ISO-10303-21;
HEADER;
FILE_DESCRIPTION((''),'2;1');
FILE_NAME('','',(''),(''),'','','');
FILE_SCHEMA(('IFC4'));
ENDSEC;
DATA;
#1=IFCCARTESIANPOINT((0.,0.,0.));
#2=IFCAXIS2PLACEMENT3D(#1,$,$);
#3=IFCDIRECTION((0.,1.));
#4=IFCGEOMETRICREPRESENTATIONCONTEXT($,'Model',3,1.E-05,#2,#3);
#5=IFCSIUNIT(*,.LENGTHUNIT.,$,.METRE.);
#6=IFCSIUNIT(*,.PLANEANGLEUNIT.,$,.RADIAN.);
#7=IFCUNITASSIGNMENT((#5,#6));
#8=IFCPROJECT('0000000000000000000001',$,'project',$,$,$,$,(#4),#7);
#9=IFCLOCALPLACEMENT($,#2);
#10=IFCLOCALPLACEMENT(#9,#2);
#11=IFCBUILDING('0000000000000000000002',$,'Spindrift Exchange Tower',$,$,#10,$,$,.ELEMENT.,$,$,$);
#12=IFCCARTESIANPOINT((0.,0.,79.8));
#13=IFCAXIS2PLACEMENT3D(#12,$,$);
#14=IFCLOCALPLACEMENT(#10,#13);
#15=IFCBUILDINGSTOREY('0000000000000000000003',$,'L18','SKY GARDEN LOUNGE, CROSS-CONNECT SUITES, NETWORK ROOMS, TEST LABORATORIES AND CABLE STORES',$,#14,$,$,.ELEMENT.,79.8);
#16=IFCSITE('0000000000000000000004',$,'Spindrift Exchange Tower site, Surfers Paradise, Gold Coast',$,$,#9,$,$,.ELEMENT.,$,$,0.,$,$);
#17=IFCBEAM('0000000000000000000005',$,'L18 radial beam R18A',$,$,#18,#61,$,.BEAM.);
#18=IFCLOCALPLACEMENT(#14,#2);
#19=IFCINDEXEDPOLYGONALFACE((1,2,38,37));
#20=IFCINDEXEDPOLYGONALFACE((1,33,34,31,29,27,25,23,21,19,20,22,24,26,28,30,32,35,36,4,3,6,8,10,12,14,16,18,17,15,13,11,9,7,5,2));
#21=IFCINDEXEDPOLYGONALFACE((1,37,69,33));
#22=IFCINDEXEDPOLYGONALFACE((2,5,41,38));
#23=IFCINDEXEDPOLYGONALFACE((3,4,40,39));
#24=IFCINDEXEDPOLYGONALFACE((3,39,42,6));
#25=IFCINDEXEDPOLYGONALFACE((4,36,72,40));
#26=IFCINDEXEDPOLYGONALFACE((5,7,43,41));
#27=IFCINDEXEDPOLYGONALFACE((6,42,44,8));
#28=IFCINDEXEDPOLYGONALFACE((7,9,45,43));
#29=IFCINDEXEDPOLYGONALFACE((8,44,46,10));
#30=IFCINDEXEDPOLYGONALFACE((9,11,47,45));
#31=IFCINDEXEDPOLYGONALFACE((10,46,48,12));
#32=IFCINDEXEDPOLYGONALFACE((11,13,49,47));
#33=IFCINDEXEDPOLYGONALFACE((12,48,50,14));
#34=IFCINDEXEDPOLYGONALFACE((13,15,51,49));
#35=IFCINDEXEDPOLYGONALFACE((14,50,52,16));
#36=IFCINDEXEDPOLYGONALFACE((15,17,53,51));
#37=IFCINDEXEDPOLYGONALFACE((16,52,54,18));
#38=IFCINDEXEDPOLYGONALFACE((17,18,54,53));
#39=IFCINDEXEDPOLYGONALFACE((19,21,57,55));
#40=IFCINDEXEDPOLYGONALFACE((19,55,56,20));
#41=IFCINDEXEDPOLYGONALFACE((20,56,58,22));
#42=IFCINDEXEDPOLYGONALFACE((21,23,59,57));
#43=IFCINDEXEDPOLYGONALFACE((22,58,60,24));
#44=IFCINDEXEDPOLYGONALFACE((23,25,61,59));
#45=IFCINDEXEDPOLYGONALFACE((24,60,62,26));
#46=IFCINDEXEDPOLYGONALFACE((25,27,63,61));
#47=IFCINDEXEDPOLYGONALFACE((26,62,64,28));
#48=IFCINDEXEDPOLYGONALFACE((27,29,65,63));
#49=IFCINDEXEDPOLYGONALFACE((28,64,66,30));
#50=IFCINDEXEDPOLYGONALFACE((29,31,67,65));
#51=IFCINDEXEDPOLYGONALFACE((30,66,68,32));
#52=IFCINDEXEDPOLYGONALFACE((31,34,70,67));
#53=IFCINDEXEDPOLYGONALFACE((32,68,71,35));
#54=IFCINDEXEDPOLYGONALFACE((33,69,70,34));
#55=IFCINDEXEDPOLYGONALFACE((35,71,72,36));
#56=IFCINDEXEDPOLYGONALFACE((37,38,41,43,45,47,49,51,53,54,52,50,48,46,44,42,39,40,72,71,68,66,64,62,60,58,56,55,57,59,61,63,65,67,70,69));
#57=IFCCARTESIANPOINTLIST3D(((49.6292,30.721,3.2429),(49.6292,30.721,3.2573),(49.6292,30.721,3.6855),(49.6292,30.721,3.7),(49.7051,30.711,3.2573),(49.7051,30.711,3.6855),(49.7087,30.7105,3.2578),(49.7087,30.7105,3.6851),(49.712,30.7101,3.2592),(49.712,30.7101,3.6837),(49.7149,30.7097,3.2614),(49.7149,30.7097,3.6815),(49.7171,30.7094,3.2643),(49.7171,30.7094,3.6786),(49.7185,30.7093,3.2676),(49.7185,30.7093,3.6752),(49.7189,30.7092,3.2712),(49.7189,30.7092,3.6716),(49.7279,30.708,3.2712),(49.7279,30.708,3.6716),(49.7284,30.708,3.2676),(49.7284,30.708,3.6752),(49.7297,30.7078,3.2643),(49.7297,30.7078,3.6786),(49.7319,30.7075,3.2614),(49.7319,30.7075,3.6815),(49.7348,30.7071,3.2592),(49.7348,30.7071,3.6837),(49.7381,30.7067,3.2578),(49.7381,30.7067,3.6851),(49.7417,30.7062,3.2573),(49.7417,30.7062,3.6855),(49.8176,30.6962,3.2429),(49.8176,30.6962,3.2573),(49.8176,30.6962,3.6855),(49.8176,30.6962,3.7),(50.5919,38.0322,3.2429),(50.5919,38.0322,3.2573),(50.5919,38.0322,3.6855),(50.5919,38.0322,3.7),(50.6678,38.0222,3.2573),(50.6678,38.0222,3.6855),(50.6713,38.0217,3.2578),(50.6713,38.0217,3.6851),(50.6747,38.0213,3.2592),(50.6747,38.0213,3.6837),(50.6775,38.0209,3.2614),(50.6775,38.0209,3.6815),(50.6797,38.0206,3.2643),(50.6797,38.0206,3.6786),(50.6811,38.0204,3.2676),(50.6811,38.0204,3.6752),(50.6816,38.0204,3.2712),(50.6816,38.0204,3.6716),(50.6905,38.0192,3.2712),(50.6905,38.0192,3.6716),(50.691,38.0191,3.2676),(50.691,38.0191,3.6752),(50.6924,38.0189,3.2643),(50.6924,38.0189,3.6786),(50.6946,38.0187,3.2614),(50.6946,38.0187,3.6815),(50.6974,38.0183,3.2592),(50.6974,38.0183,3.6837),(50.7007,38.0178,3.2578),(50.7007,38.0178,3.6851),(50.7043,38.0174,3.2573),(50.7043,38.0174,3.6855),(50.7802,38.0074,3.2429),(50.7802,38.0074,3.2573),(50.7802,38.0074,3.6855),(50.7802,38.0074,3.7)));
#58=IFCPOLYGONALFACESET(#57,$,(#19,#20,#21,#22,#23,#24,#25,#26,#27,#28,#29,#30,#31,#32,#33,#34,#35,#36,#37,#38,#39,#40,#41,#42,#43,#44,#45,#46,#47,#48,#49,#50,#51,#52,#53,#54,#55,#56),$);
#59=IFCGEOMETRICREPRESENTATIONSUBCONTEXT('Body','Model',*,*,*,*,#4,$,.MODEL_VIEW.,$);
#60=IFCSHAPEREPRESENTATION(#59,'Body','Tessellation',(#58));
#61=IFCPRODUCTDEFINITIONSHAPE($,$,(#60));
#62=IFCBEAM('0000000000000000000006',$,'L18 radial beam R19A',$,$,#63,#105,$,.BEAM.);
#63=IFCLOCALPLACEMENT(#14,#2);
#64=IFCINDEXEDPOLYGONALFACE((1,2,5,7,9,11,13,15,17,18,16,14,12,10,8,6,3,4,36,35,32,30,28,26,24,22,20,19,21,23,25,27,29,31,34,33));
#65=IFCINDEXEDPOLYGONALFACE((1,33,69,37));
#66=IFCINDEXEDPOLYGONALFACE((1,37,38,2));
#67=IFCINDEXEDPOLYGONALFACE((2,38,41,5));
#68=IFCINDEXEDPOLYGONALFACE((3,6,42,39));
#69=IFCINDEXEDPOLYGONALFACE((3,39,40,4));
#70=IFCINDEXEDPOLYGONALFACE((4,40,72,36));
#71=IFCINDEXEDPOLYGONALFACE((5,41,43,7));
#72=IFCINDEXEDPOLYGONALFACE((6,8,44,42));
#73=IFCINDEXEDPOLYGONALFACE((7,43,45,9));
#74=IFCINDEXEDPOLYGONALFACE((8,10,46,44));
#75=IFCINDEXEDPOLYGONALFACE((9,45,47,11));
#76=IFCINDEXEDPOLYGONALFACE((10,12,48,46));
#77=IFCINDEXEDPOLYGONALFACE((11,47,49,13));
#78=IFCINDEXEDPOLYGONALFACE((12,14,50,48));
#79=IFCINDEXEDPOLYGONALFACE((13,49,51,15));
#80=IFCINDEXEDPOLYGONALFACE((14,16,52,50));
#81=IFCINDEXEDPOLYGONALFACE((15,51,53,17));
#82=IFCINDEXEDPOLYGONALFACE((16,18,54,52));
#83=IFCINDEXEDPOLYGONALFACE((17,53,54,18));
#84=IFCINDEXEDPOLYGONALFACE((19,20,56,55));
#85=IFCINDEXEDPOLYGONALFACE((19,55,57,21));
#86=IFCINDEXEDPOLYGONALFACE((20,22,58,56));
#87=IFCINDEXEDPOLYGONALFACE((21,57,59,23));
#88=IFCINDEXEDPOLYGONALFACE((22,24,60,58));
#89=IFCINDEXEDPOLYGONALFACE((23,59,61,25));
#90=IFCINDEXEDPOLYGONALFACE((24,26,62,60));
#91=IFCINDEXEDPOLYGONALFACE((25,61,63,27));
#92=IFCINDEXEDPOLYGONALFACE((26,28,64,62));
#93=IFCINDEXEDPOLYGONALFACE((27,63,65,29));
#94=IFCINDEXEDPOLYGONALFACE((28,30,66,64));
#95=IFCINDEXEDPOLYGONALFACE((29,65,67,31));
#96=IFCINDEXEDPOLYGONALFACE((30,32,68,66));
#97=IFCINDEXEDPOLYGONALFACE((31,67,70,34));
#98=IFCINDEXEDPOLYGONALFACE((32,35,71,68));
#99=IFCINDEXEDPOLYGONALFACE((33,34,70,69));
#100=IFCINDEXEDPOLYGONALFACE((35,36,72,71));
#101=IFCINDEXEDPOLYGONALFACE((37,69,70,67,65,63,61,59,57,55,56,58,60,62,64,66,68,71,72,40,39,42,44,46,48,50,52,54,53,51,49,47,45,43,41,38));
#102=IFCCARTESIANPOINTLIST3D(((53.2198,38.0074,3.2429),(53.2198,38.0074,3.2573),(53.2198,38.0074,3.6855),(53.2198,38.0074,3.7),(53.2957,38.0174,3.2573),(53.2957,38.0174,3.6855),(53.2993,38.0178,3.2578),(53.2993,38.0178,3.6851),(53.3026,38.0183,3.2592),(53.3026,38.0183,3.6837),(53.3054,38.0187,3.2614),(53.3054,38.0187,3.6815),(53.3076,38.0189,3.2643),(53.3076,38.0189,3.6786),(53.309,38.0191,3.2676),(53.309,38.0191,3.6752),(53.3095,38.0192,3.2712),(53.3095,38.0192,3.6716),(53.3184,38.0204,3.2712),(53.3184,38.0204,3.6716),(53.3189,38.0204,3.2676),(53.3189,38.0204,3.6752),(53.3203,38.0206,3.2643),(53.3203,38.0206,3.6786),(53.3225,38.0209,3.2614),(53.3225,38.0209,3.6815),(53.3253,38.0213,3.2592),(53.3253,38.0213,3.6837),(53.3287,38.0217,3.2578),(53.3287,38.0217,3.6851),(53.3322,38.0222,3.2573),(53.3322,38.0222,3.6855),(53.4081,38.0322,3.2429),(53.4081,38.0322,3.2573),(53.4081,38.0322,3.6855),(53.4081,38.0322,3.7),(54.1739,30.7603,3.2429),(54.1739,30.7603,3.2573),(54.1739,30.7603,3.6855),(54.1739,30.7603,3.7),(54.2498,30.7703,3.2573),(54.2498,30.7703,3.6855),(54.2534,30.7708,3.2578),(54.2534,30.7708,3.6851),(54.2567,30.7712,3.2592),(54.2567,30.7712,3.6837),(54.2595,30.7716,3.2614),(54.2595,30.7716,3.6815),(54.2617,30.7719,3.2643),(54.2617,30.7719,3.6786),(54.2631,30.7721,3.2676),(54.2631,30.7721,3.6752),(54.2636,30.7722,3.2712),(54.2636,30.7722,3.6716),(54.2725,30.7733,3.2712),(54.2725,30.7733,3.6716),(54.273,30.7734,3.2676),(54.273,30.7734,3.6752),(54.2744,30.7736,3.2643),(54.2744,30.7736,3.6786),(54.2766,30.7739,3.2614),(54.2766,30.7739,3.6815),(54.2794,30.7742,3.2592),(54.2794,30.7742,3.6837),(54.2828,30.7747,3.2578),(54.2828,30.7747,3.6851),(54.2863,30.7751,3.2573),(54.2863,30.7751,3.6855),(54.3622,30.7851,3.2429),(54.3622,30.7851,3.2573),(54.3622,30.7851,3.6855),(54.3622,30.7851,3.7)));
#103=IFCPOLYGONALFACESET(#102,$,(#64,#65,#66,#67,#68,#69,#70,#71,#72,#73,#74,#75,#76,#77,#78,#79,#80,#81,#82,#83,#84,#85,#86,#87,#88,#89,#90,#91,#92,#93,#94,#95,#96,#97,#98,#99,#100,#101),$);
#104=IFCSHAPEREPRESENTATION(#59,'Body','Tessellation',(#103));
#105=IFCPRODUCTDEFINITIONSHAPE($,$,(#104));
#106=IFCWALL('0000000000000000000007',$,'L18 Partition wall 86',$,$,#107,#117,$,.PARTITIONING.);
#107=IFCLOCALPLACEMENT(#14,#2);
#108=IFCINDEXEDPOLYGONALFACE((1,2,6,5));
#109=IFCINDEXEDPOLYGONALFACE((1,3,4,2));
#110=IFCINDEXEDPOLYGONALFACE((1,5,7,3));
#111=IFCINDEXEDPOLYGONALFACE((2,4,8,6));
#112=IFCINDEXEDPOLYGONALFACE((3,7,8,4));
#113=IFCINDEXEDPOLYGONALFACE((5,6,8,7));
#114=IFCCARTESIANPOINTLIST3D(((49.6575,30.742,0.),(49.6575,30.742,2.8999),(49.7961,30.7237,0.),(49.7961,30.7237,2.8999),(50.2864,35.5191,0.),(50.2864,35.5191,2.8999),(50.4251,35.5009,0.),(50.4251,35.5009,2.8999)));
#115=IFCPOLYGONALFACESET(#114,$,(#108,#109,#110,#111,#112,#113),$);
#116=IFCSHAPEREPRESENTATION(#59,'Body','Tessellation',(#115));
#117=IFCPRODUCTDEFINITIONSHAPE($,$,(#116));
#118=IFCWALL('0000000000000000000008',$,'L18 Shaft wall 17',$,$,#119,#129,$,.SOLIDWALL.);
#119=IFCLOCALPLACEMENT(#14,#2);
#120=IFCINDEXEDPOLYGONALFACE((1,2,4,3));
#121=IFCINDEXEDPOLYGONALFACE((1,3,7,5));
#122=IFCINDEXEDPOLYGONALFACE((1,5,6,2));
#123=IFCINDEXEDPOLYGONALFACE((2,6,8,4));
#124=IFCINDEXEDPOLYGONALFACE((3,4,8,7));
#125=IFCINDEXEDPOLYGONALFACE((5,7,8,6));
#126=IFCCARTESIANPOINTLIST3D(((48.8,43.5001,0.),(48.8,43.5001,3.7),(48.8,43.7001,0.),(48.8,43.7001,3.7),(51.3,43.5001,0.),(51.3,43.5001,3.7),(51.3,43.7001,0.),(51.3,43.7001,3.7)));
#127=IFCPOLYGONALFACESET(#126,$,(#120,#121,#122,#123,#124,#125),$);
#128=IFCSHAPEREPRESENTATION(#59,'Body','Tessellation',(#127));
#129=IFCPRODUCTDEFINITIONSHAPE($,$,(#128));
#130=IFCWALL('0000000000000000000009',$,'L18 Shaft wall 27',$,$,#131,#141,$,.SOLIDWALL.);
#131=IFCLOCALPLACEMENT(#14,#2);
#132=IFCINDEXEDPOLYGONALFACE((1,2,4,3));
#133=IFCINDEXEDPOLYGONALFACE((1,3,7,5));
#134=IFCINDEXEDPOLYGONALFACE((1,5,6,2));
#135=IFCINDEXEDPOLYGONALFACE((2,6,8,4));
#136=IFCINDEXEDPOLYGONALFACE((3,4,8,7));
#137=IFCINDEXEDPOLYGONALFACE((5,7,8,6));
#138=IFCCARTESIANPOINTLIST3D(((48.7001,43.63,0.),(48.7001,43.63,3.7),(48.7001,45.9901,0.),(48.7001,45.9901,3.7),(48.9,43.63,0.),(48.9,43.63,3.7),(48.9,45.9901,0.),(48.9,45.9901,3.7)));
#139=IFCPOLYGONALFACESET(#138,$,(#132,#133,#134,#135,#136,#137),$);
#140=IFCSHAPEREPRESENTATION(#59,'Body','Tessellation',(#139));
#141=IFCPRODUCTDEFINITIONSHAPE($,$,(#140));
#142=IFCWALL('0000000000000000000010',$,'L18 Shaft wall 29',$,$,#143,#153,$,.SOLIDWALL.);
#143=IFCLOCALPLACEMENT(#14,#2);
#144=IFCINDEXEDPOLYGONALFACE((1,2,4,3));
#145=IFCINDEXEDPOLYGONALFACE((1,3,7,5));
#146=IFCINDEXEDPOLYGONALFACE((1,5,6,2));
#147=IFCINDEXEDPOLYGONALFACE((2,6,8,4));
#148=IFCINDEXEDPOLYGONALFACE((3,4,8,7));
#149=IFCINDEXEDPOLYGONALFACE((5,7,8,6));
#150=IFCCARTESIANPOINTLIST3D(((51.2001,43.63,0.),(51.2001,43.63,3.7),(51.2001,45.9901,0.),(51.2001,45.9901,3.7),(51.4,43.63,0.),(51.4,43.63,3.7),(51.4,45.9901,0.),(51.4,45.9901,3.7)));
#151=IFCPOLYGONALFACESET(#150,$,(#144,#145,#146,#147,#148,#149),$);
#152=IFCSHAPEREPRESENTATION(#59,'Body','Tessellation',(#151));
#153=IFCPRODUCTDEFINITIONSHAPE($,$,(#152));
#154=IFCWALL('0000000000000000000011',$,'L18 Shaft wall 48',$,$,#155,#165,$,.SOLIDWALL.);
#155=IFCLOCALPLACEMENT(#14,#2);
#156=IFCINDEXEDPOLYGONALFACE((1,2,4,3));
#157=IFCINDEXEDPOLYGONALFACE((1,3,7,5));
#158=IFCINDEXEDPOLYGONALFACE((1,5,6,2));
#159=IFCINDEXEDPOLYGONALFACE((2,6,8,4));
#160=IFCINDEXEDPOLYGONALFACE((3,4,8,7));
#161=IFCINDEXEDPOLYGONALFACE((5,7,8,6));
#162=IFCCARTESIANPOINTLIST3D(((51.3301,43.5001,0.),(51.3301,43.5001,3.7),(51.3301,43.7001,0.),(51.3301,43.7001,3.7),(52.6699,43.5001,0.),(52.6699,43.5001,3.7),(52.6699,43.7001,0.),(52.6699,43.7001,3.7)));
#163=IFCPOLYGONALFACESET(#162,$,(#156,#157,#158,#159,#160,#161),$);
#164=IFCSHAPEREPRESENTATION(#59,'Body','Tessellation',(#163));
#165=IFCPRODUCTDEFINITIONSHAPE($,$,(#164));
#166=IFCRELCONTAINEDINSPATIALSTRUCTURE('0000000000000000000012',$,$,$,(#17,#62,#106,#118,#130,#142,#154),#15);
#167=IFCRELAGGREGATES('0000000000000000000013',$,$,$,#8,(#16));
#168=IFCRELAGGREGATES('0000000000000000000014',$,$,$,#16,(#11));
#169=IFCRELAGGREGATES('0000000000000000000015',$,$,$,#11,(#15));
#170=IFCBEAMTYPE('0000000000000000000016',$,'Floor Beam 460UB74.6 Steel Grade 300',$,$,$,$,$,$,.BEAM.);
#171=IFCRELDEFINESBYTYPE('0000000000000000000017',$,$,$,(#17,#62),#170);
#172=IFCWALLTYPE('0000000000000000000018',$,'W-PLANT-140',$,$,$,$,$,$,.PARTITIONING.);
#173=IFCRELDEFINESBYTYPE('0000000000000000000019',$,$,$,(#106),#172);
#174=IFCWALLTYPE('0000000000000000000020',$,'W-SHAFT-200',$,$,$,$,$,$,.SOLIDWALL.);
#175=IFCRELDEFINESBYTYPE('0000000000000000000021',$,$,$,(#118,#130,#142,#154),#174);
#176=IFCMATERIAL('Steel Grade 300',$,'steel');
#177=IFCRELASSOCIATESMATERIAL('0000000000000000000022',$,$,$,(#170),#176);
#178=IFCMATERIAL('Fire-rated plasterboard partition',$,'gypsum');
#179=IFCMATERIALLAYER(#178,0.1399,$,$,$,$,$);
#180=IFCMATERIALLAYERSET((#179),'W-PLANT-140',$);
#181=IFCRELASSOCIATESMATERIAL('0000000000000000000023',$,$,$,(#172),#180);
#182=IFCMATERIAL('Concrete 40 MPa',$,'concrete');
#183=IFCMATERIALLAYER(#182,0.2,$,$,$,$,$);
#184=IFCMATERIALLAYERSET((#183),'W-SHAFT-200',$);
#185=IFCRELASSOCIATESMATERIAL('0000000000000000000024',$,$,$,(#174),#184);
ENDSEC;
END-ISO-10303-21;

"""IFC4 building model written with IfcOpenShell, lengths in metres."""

from ifc_helpers import new_model, si_unit, direction, frame, frame_2d, origin, origin_2d, place, context, subcontext, project, spatial, rectangle, i_section, extrude, source, transform, mapped, material, layer, layer_set, material_profile, profile_set, type_object, element, save


model = new_model("IFC4")

# Units and contexts
model_context = context("Model", 3, precision=1e-05, world=origin(), true_north=direction((0.0, 1.0)))
body_context = subcontext(model_context, "Body", "Model", "MODEL_VIEW")
ifc_project = project(units=[si_unit("LENGTHUNIT", "METRE"), si_unit("PLANEANGLEUNIT", "RADIAN")], contexts=[model_context])

# Site, building, storey
site_placement = place(None, origin())
site = spatial("IfcSite", under=ifc_project, at=site_placement, Name="Spindrift Exchange Tower site, Surfers Paradise, Gold Coast", CompositionType="ELEMENT", RefElevation=0.0)
building_placement = place(site_placement, origin())
building = spatial("IfcBuilding", under=site, at=building_placement, Name="Spindrift Exchange Tower", CompositionType="ELEMENT")
storey_placement = place(building_placement, frame((0.0, 0.0, 79.8)))
storey = spatial("IfcBuildingStorey", under=building, at=storey_placement, Name="L18", Description="SKY GARDEN LOUNGE, CROSS-CONNECT SUITES, NETWORK ROOMS, TEST LABORATORIES AND CABLE STORES", CompositionType="ELEMENT", Elevation=79.8)

# Beams
ifc_material_1 = material(Name="Steel Grade 300", Category="steel")
ifc_material_profile = material_profile(ifc_material_1, i_section(OverallWidth=0.1899, OverallDepth=0.457, WebThickness=0.009, FlangeThickness=0.0144, FilletRadius=0.0139, at=origin_2d()), Name="460UB74.6")
ifc_profile_set = profile_set([ifc_material_profile], Name="Steel Grade 300")
beam_type = type_object("IfcBeamType", Name="Floor Beam 460UB74.6 Steel Grade 300", PredefinedType="BEAM", material=ifc_profile_set)
shared_shape_1 = source(origin(), body_context, "Body", "SweptSolid", [
    extrude(i_section(OverallWidth=0.1899, OverallDepth=0.457, WebThickness=0.009, FlangeThickness=0.0144, FilletRadius=0.0139, at=origin_2d()), origin(), (0.0, 0.0, 1.0), 7.3743),
])
beam_1_placement = place(storey_placement, frame((50.686, 38.0198, 3.4714), z_axis=(-0.130539, -0.991443, 0.0), x_axis=(0.991443, -0.130539, 0.0)))
element("IfcBeam", 1, at=beam_1_placement, inside=storey, type_object=beam_type, Name="L18 radial beam R18A", PredefinedType="BEAM", context=body_context, shape_type="MappedRepresentation", body=[
    mapped(shared_shape_1, transform((0.0, 0.0, 0.0), scale=1.0)),
])
shared_shape_2 = source(origin(), body_context, "Body", "SweptSolid", [
    extrude(i_section(OverallWidth=0.1899, OverallDepth=0.457, WebThickness=0.009, FlangeThickness=0.0144, FilletRadius=0.0139, at=origin_2d()), origin(), (0.0, 0.0, 1.0), 7.3096),
])
beam_2_placement = place(storey_placement, frame((53.314, 38.0198, 3.4714), z_axis=(0.130527, -0.991445, 0.0), x_axis=(0.991445, 0.130527, 0.0)))
element("IfcBeam", 2, at=beam_2_placement, inside=storey, type_object=beam_type, Name="L18 radial beam R19A", PredefinedType="BEAM", context=body_context, shape_type="MappedRepresentation", body=[
    mapped(shared_shape_2, transform((0.0, 0.0, 0.0), scale=1.0)),
])

# Walls
ifc_material_2 = material(Name="Fire-rated plasterboard partition", Category="gypsum")
ifc_layer_1 = layer(ifc_material_2, 0.1399)
ifc_layer_set_1 = layer_set([ifc_layer_1], Name="W-PLANT-140")
wall_type_1 = type_object("IfcWallType", Name="W-PLANT-140", PredefinedType="PARTITIONING", material=ifc_layer_set_1)
wall_1_placement = place(storey_placement, frame((50.3557, 35.51, 0.0), z_axis=(0.0, 0.0, 1.0), x_axis=(-0.130524, -0.991445, 0.0)))
element("IfcWall", 3, at=wall_1_placement, inside=storey, type_object=wall_type_1, Name="L18 Partition wall 86", PredefinedType="PARTITIONING", context=body_context, shape_type="SweptSolid", body=[
    extrude(rectangle(XDim=4.8184, YDim=0.1399, at=frame_2d((2.4092, 0.0))), origin(), (0.0, 0.0, 1.0), 2.8999),
])
ifc_material_3 = material(Name="Concrete 40 MPa", Category="concrete")
ifc_layer_2 = layer(ifc_material_3, 0.2)
ifc_layer_set_2 = layer_set([ifc_layer_2], Name="W-SHAFT-200")
wall_type_2 = type_object("IfcWallType", Name="W-SHAFT-200", PredefinedType="SOLIDWALL", material=ifc_layer_set_2)
wall_2_placement = place(storey_placement, frame((48.8, 43.6001, 0.0), z_axis=(0.0, 0.0, 1.0), x_axis=(1.0, 0.0, 0.0)))
element("IfcWall", 4, at=wall_2_placement, inside=storey, type_object=wall_type_2, Name="L18 Shaft wall 17", PredefinedType="SOLIDWALL", context=body_context, shape_type="SweptSolid", body=[
    extrude(rectangle(XDim=2.5, YDim=0.2, at=frame_2d((1.25, 0.0))), origin(), (0.0, 0.0, 1.0), 3.7),
])
for number, where, z_axis, x_axis, name in (
    (5, (48.8, 43.6299, 0.0), (0.0, 0.0, 1.0), (0.0, 1.0, 0.0), "L18 Shaft wall 27"),
    (6, (51.3, 43.6299, 0.0), (0.0, 0.0, 1.0), (0.0, 1.0, 0.0), "L18 Shaft wall 29"),
):
    element("IfcWall", number, at=place(storey_placement, frame(where, z_axis=z_axis, x_axis=x_axis)), inside=storey, type_object=wall_type_2, Name=name, PredefinedType="SOLIDWALL", context=body_context, shape_type="SweptSolid", body=[
        extrude(rectangle(XDim=2.3601, YDim=0.2, at=frame_2d((1.1802, 0.0))), origin(), (0.0, 0.0, 1.0), 3.7),
    ])
wall_3_placement = place(storey_placement, frame((52.6699, 43.6001, 0.0), z_axis=(0.0, 0.0, 1.0), x_axis=(-1.0, 0.0, 0.0)))
element("IfcWall", 7, at=wall_3_placement, inside=storey, type_object=wall_type_2, Name="L18 Shaft wall 48", PredefinedType="SOLIDWALL", context=body_context, shape_type="SweptSolid", body=[
    extrude(rectangle(XDim=1.3398, YDim=0.2, at=frame_2d((0.6699, 0.0))), origin(), (0.0, 0.0, 1.0), 3.7),
])

save(model, "model.ifc")
